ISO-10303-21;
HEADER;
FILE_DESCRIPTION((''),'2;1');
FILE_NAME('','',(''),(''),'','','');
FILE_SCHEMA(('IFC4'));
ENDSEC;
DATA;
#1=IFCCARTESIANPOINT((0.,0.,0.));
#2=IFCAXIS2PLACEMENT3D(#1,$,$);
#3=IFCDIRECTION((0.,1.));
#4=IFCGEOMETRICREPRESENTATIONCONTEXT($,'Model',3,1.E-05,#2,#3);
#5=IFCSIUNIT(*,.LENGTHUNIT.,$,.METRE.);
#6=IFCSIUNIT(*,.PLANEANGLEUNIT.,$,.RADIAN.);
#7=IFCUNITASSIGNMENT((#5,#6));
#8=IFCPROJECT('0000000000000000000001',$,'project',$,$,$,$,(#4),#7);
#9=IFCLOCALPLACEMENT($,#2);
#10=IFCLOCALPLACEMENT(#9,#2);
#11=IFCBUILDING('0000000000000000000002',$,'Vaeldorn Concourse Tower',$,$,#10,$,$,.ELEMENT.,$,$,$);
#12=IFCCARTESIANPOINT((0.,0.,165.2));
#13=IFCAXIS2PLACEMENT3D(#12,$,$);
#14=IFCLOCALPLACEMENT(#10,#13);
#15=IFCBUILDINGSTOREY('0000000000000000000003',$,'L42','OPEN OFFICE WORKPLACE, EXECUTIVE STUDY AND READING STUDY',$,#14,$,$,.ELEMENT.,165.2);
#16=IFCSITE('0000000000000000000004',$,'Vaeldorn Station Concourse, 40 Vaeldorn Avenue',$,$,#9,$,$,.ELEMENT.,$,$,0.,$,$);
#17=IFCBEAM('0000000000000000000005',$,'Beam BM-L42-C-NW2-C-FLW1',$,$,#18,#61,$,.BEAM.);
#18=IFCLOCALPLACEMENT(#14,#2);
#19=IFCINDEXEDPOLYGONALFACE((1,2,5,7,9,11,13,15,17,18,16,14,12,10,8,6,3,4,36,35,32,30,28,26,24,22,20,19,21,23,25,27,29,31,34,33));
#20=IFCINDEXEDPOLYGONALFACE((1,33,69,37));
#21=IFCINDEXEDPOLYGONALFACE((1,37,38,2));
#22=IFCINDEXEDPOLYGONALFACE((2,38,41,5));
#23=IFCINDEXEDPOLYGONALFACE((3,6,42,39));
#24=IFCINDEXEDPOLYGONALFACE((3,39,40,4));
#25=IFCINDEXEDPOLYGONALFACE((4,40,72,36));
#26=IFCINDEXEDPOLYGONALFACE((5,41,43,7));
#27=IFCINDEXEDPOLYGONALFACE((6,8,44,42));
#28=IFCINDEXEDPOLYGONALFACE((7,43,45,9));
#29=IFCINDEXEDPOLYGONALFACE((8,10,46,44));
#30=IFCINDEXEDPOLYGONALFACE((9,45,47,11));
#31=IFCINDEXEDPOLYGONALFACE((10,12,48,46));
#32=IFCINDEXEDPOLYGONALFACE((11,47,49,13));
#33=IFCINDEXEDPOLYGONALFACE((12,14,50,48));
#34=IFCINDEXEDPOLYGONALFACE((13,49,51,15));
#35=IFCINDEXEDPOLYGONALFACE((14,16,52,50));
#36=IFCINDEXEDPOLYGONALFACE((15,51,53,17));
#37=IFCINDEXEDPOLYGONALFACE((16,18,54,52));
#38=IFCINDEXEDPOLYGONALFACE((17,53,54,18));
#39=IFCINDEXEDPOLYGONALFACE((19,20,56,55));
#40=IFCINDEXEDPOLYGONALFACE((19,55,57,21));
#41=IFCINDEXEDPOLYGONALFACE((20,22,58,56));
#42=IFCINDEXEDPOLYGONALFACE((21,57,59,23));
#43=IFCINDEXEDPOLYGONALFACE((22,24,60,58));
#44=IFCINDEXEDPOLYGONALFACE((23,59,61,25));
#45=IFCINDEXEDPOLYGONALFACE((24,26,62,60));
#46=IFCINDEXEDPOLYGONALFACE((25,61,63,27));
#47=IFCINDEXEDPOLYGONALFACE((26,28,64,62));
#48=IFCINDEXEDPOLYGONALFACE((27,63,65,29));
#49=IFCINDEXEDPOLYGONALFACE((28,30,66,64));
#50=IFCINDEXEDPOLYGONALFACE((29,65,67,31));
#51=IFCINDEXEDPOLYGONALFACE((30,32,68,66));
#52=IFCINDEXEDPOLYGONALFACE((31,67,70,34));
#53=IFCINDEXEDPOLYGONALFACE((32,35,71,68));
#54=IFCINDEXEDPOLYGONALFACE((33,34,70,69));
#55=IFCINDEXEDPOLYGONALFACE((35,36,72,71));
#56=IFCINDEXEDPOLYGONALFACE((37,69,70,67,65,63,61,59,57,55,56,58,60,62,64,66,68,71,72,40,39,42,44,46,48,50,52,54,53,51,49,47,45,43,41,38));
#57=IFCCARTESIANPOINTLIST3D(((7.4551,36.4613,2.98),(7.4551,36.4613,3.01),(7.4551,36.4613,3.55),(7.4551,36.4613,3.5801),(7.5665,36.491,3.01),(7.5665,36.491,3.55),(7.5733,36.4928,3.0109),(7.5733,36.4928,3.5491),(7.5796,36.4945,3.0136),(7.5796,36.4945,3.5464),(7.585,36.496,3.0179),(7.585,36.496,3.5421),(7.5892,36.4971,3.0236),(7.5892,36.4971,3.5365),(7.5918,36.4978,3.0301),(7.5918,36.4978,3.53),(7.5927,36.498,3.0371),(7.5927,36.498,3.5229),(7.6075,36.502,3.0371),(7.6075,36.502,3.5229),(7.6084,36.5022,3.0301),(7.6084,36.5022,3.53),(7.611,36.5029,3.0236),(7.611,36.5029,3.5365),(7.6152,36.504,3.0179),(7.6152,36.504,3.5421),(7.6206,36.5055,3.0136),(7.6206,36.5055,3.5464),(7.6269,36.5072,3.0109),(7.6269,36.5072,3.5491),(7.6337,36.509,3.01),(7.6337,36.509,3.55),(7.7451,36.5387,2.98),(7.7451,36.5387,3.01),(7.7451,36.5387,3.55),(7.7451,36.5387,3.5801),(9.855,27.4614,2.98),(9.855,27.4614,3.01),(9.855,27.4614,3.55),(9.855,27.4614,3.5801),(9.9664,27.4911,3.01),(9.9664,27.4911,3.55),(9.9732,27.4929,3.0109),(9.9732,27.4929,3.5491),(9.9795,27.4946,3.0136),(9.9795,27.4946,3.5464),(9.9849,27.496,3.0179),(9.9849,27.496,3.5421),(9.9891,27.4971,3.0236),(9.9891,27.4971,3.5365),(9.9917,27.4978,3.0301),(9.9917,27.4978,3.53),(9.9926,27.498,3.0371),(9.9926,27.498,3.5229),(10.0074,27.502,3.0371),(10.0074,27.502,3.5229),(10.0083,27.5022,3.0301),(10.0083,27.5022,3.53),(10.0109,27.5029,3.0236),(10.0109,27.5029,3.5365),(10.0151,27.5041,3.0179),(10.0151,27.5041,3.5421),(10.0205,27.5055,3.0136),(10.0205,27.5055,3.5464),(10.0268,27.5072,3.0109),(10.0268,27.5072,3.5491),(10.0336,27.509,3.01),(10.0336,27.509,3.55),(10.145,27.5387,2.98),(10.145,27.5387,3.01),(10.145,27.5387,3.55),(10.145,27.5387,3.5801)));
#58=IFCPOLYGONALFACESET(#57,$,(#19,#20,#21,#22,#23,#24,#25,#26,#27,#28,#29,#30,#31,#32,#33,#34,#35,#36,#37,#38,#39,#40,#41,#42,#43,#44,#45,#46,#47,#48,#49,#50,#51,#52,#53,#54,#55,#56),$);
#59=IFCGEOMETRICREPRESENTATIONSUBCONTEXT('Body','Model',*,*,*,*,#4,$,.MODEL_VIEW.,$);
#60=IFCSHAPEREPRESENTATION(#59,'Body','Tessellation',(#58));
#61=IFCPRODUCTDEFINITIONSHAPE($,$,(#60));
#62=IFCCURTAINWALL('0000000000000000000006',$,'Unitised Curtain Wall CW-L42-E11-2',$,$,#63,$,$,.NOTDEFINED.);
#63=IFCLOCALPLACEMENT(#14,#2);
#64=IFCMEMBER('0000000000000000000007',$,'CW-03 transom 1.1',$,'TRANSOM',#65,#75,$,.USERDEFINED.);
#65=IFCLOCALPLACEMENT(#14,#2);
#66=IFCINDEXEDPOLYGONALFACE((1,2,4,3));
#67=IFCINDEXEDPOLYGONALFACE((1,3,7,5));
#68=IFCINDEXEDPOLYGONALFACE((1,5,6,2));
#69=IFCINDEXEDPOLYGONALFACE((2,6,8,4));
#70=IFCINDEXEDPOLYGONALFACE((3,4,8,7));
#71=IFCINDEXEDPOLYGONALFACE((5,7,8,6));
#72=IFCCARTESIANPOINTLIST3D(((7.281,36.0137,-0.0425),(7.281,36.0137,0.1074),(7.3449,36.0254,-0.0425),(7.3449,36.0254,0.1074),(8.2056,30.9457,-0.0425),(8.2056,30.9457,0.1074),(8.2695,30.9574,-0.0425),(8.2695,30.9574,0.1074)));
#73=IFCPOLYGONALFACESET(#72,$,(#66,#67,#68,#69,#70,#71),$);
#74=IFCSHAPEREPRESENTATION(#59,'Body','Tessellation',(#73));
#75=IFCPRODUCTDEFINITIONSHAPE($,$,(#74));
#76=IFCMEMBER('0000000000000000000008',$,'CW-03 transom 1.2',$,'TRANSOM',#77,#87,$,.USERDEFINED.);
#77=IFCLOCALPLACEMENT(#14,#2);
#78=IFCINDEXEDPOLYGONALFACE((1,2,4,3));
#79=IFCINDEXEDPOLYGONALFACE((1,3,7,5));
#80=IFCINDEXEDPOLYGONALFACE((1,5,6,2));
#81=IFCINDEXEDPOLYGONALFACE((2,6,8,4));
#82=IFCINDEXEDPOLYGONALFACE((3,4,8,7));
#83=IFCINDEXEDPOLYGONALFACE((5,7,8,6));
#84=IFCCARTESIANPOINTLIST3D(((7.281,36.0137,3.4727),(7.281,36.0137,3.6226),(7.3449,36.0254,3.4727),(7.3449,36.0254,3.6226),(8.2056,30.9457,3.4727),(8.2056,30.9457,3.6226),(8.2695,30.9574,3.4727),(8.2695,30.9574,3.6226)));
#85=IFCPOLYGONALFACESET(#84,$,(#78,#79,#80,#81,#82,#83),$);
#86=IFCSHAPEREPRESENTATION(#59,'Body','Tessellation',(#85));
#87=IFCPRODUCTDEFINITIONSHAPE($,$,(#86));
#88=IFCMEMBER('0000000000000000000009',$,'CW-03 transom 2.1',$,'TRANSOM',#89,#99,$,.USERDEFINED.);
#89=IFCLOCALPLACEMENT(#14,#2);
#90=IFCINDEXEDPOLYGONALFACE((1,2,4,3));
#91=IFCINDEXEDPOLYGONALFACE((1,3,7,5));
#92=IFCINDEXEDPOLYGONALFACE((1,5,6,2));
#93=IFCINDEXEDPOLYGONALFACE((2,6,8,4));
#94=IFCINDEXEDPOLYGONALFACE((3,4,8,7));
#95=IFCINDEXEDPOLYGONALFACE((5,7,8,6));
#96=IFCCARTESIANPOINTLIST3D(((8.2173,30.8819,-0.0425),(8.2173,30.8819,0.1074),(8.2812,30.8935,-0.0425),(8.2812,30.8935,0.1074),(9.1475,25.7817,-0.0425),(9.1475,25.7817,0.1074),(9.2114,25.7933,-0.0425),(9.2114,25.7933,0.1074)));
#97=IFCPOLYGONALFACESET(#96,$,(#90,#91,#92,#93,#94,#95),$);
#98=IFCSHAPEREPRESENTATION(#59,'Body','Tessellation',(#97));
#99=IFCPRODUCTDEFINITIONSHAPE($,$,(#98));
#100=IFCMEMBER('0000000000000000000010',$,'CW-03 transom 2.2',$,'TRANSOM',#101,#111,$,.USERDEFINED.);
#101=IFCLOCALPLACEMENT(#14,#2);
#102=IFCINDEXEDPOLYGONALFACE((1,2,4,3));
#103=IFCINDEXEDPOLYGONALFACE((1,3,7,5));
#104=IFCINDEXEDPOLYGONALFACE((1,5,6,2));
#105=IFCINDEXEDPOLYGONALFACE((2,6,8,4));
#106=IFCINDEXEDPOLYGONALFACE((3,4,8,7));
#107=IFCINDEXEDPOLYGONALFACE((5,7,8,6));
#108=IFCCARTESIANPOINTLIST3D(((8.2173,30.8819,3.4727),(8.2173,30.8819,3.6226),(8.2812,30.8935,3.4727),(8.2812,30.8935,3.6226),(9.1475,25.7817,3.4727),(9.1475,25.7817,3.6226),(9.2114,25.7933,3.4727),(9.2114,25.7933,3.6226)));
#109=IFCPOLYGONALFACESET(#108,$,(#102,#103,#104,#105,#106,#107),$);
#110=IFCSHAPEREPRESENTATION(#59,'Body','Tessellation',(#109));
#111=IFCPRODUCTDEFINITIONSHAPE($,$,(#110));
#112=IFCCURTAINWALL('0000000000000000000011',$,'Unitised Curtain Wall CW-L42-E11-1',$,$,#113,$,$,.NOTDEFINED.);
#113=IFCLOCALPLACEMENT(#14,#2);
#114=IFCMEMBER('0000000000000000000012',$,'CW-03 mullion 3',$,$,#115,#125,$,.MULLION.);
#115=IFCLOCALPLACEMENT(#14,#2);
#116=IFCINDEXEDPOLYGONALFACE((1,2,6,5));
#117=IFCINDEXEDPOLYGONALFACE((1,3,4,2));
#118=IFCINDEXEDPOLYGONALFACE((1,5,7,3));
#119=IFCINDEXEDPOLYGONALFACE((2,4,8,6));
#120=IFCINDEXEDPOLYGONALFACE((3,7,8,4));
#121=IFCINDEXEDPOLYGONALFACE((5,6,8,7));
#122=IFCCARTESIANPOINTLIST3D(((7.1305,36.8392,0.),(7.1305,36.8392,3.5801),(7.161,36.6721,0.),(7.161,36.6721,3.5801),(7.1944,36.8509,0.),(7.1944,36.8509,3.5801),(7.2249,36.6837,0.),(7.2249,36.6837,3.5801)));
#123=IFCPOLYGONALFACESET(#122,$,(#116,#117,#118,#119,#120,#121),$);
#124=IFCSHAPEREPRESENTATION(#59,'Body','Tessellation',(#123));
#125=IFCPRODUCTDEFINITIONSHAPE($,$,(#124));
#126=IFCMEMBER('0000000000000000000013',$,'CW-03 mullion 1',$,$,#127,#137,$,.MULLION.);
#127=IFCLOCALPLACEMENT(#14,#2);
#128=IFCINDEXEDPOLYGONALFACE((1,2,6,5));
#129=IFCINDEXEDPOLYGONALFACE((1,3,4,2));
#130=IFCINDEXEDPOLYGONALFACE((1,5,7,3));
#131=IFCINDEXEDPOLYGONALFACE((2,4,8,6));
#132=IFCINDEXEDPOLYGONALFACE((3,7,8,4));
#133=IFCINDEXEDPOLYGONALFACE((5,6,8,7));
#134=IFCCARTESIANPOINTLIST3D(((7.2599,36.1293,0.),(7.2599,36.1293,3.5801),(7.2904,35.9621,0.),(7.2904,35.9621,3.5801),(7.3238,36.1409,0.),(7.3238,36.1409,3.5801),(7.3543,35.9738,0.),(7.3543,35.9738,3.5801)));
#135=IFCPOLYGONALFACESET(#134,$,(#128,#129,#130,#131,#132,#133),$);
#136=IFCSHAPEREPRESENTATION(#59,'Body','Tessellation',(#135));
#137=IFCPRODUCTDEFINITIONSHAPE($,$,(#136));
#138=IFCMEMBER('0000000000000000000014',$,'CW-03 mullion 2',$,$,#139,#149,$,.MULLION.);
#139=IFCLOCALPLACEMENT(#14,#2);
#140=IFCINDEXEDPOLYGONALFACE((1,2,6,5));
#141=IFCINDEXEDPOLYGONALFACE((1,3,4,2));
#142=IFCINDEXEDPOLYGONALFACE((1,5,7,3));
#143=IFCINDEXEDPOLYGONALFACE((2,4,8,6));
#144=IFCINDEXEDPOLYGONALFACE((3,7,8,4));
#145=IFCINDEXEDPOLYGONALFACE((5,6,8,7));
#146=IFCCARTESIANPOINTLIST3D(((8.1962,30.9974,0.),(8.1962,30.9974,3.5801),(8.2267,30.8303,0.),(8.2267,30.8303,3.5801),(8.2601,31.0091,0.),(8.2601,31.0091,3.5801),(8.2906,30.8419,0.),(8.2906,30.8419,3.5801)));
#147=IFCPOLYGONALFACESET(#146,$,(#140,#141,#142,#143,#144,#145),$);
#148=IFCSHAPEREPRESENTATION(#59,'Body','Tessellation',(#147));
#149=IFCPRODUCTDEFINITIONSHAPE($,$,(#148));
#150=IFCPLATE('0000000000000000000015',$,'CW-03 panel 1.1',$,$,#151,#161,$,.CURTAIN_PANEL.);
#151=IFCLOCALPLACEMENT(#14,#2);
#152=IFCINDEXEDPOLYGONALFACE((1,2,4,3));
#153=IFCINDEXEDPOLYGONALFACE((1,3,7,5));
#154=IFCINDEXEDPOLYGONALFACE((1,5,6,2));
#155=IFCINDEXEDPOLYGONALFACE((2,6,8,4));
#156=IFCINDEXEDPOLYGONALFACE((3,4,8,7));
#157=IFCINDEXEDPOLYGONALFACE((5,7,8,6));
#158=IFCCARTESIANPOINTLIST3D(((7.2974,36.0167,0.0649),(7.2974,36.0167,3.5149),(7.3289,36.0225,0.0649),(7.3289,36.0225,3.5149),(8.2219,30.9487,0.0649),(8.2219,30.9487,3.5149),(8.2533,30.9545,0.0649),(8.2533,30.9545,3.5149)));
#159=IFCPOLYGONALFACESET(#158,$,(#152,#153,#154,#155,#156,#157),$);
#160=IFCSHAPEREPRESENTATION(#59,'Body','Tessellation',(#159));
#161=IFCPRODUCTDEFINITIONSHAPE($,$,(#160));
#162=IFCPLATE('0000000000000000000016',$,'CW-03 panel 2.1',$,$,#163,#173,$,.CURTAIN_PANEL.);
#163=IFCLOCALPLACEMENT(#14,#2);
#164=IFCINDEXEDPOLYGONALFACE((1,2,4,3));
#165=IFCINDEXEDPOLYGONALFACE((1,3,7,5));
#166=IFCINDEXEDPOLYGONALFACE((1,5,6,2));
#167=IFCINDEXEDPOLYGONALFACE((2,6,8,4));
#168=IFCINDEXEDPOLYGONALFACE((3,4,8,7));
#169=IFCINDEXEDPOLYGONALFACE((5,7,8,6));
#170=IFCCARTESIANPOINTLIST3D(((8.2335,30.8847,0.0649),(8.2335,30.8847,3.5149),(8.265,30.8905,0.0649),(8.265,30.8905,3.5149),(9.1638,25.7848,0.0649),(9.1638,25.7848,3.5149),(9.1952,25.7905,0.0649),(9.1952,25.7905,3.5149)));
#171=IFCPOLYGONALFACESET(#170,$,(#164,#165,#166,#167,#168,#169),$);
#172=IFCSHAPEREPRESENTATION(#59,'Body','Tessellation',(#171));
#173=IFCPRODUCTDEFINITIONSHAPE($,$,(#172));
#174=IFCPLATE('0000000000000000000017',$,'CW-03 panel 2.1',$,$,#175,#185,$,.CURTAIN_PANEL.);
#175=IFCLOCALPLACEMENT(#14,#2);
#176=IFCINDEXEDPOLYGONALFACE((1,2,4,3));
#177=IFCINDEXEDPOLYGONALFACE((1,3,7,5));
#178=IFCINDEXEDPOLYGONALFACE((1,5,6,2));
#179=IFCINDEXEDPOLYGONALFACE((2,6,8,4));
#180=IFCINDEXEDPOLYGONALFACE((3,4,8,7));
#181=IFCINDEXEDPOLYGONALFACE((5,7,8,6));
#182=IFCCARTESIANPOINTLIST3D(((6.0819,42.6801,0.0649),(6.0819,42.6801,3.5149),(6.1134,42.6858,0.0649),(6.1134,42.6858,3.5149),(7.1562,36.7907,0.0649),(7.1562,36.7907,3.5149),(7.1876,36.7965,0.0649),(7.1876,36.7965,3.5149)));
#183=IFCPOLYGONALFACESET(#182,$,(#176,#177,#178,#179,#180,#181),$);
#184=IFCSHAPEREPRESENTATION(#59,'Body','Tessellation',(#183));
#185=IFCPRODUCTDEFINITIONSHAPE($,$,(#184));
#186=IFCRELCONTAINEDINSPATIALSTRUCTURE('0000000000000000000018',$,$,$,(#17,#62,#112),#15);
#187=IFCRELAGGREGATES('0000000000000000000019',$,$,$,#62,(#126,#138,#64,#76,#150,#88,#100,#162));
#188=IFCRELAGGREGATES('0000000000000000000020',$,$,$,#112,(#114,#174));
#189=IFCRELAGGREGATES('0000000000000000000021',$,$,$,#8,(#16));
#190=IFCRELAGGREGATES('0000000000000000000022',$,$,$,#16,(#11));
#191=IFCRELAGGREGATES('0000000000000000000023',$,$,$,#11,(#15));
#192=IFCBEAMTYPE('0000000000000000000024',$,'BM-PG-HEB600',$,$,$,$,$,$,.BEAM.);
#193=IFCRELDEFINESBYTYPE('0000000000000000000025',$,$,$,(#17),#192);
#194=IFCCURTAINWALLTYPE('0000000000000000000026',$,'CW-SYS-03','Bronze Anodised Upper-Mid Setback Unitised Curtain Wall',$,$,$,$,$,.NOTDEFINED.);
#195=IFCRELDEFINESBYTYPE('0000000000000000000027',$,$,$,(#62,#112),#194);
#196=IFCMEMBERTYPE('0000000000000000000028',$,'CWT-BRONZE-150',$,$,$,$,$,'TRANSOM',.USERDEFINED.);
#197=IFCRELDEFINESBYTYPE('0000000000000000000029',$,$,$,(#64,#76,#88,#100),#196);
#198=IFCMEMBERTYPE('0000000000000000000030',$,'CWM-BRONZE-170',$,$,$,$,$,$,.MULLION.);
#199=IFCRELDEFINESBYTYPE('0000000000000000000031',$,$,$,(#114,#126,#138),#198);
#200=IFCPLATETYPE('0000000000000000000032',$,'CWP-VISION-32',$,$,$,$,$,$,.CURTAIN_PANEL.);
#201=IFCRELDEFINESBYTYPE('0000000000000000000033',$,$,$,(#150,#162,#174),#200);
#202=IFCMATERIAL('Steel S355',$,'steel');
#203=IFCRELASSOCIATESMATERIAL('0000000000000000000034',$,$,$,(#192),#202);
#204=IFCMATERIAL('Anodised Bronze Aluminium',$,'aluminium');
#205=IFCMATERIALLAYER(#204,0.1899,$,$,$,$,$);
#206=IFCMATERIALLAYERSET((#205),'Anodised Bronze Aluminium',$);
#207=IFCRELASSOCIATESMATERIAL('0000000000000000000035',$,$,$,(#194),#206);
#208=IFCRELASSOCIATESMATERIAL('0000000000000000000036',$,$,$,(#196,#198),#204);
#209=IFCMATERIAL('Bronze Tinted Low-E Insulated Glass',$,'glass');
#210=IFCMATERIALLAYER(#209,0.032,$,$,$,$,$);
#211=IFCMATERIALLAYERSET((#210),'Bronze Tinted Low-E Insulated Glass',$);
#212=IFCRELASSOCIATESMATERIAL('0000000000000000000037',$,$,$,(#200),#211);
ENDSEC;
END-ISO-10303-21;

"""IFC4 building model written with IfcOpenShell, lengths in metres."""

from ifc_helpers import new_model, si_unit, direction, frame, origin, origin_2d, place, context, subcontext, project, spatial, rectangle, i_section, extrude, source, transform, mapped, material, layer, layer_set, material_profile, profile_set, type_object, element, aggregate, save


model = new_model("IFC4")

# Units and contexts
model_context = context("Model", 3, precision=1e-05, world=origin(), true_north=direction((0.0, 1.0)))
body_context = subcontext(model_context, "Body", "Model", "MODEL_VIEW")
ifc_project = project(units=[si_unit("LENGTHUNIT", "METRE"), si_unit("PLANEANGLEUNIT", "RADIAN")], contexts=[model_context])

# Site, building, storey
site_placement = place(None, origin())
site = spatial("IfcSite", under=ifc_project, at=site_placement, Name="Vaeldorn Station Concourse, 40 Vaeldorn Avenue", CompositionType="ELEMENT", RefElevation=0.0)
building_placement = place(site_placement, origin())
building = spatial("IfcBuilding", under=site, at=building_placement, Name="Vaeldorn Concourse Tower", CompositionType="ELEMENT")
storey_placement = place(building_placement, frame((0.0, 0.0, 165.2)))
storey = spatial("IfcBuildingStorey", under=building, at=storey_placement, Name="L42", Description="OPEN OFFICE WORKPLACE, EXECUTIVE STUDY AND READING STUDY", CompositionType="ELEMENT", Elevation=165.2)

# Beam
ifc_material_1 = material(Name="Steel S355", Category="steel")
ifc_material_profile_1 = material_profile(ifc_material_1, i_section(OverallWidth=0.3, OverallDepth=0.6001, WebThickness=0.0154, FlangeThickness=0.03, FilletRadius=0.0271, at=origin_2d()), Name="HEB 600")
ifc_profile_set_1 = profile_set([ifc_material_profile_1], Name="Steel S355")
beam_type_1 = type_object("IfcBeamType", Name="BM-PG-HEB600", PredefinedType="BEAM", material=ifc_profile_set_1)
shared_shape_1 = source(origin(), body_context, "Body", "SweptSolid", [
    extrude(i_section(OverallWidth=0.3, OverallDepth=0.6001, WebThickness=0.0154, FlangeThickness=0.03, FilletRadius=0.0271, at=origin_2d()), origin(), (0.0, 0.0, 1.0), 9.3145),
])
beam_1_placement = place(storey_placement, frame((7.6001, 36.5, 3.28), z_axis=(0.257653, -0.966238, 0.0), x_axis=(0.966238, 0.257653, 0.0)))
element("IfcBeam", 1, at=beam_1_placement, inside=storey, type_object=beam_type_1, Name="Beam BM-L42-C-NW2-C-FLW1", PredefinedType="BEAM", context=body_context, shape_type="MappedRepresentation", body=[
    mapped(shared_shape_1, transform((0.0, 0.0, 0.0), scale=1.0)),
])

# Curtain wall, members
ifc_material_2 = material(Name="Anodised Bronze Aluminium", Category="aluminium")
ifc_layer_1 = layer(ifc_material_2, 0.1899)
ifc_layer_set_1 = layer_set([ifc_layer_1], Name="Anodised Bronze Aluminium")
curtain_wall_type = type_object("IfcCurtainWallType", Name="CW-SYS-03", Description="Bronze Anodised Upper-Mid Setback Unitised Curtain Wall", PredefinedType="NOTDEFINED", material=ifc_layer_set_1)
curtain_wall_1_placement = place(storey_placement, origin())
curtain_wall_1 = element("IfcCurtainWall", 2, at=curtain_wall_1_placement, inside=storey, type_object=curtain_wall_type, Name="Unitised Curtain Wall CW-L42-E11-2", PredefinedType="NOTDEFINED")
ifc_material_profile_2 = material_profile(ifc_material_2, rectangle(XDim=0.0649, YDim=0.1499, at=origin_2d()), Name="CWT 65x150")
ifc_profile_set_2 = profile_set([ifc_material_profile_2], Name="Anodised Bronze Aluminium")
member_type_1 = type_object("IfcMemberType", Name="CWT-BRONZE-150", ElementType="TRANSOM", PredefinedType="USERDEFINED", material=ifc_profile_set_2)
shared_shape_2 = source(origin(), body_context, "Body", "SweptSolid", [
    extrude(rectangle(XDim=0.0649, YDim=0.1499, at=origin_2d()), origin(), (0.0, 0.0, 1.0), 5.1516),
])
member_1_placement = place(storey_placement, frame((7.313, 36.0195, 0.0325), z_axis=(0.179473, -0.983763, 0.0), x_axis=(0.983763, 0.179473, 0.0)))
member_1 = element("IfcMember", 3, at=member_1_placement, type_object=member_type_1, Name="CW-03 transom 1.1", ObjectType="TRANSOM", PredefinedType="USERDEFINED", context=body_context, shape_type="MappedRepresentation", body=[
    mapped(shared_shape_2, transform((0.0, 0.0, 0.0), scale=1.0)),
])
member_2_placement = place(storey_placement, frame((7.313, 36.0195, 3.5476), z_axis=(0.179473, -0.983763, 0.0), x_axis=(0.983763, 0.179473, 0.0)))
member_2 = element("IfcMember", 4, at=member_2_placement, type_object=member_type_1, Name="CW-03 transom 1.2", ObjectType="TRANSOM", PredefinedType="USERDEFINED", context=body_context, shape_type="MappedRepresentation", body=[
    mapped(shared_shape_2, transform((0.0, 0.0, 0.0), scale=1.0)),
])
shared_shape_3 = source(origin(), body_context, "Body", "SweptSolid", [
    extrude(rectangle(XDim=0.0649, YDim=0.1499, at=origin_2d()), origin(), (0.0, 0.0, 1.0), 5.1843),
])
member_3_placement = place(storey_placement, frame((8.2493, 30.8877, 0.0325), z_axis=(0.179424, -0.983772, 0.0), x_axis=(0.983772, 0.179424, 0.0)))
member_3 = element("IfcMember", 5, at=member_3_placement, type_object=member_type_1, Name="CW-03 transom 2.1", ObjectType="TRANSOM", PredefinedType="USERDEFINED", context=body_context, shape_type="MappedRepresentation", body=[
    mapped(shared_shape_3, transform((0.0, 0.0, 0.0), scale=1.0)),
])
member_4_placement = place(storey_placement, frame((8.2493, 30.8877, 3.5476), z_axis=(0.179424, -0.983772, 0.0), x_axis=(0.983772, 0.179424, 0.0)))
member_4 = element("IfcMember", 6, at=member_4_placement, type_object=member_type_1, Name="CW-03 transom 2.2", ObjectType="TRANSOM", PredefinedType="USERDEFINED", context=body_context, shape_type="MappedRepresentation", body=[
    mapped(shared_shape_3, transform((0.0, 0.0, 0.0), scale=1.0)),
])

# Curtain wall, member
curtain_wall_2_placement = place(storey_placement, origin())
curtain_wall_2 = element("IfcCurtainWall", 7, at=curtain_wall_2_placement, inside=storey, type_object=curtain_wall_type, Name="Unitised Curtain Wall CW-L42-E11-1", PredefinedType="NOTDEFINED")
ifc_material_profile_3 = material_profile(ifc_material_2, rectangle(XDim=0.0649, YDim=0.1699, at=origin_2d()), Name="CWM 65x170")
ifc_profile_set_3 = profile_set([ifc_material_profile_3], Name="Anodised Bronze Aluminium")
member_type_2 = type_object("IfcMemberType", Name="CWM-BRONZE-170", PredefinedType="MULLION", material=ifc_profile_set_3)
shared_shape_4 = source(origin(), body_context, "Body", "SweptSolid", [
    extrude(rectangle(XDim=0.0649, YDim=0.1699, at=origin_2d()), origin(), (0.0, 0.0, 1.0), 3.5801),
])
member_5_placement = place(storey_placement, frame((7.1777, 36.7615, 0.0), z_axis=(0.0, 0.0, 1.0), x_axis=(0.983768, 0.179447, 0.0)))
member_5 = element("IfcMember", 8, at=member_5_placement, type_object=member_type_2, Name="CW-03 mullion 3", PredefinedType="MULLION", context=body_context, shape_type="MappedRepresentation", body=[
    mapped(shared_shape_4, transform((0.0, 0.0, 0.0), scale=1.0)),
])

# Members
member_6_placement = place(storey_placement, frame((7.3071, 36.0515, 0.0), z_axis=(0.0, 0.0, 1.0), x_axis=(0.983768, 0.179446, 0.0)))
member_6 = element("IfcMember", 9, at=member_6_placement, type_object=member_type_2, Name="CW-03 mullion 1", PredefinedType="MULLION", context=body_context, shape_type="MappedRepresentation", body=[
    mapped(shared_shape_4, transform((0.0, 0.0, 0.0), scale=1.0)),
])
member_7_placement = place(storey_placement, frame((8.2434, 30.9197, 0.0), z_axis=(0.0, 0.0, 1.0), x_axis=(0.983768, 0.179446, 0.0)))
member_7 = element("IfcMember", 10, at=member_7_placement, type_object=member_type_2, Name="CW-03 mullion 2", PredefinedType="MULLION", context=body_context, shape_type="MappedRepresentation", body=[
    mapped(shared_shape_4, transform((0.0, 0.0, 0.0), scale=1.0)),
])

# Plates
ifc_material_3 = material(Name="Bronze Tinted Low-E Insulated Glass", Category="glass")
ifc_layer_2 = layer(ifc_material_3, 0.032)
ifc_layer_set_2 = layer_set([ifc_layer_2], Name="Bronze Tinted Low-E Insulated Glass")
plate_type = type_object("IfcPlateType", Name="CWP-VISION-32", PredefinedType="CURTAIN_PANEL", material=ifc_layer_set_2)
shared_shape_5 = source(origin(), body_context, "Body", "SweptSolid", [
    extrude(rectangle(XDim=5.1516, YDim=0.032, at=origin_2d()), origin(), (0.0, 0.0, 1.0), 3.45),
])
plate_1_placement = place(storey_placement, frame((7.7754, 33.4856, 0.0649), z_axis=(0.0, 0.0, 1.0), x_axis=(0.179446, -0.983768, 0.0)))
plate_1 = element("IfcPlate", 11, at=plate_1_placement, type_object=plate_type, Name="CW-03 panel 1.1", PredefinedType="CURTAIN_PANEL", context=body_context, shape_type="MappedRepresentation", body=[
    mapped(shared_shape_5, transform((0.0, 0.0, 0.0), scale=1.0)),
])
shared_shape_6 = source(origin(), body_context, "Body", "SweptSolid", [
    extrude(rectangle(XDim=5.1841, YDim=0.032, at=origin_2d()), origin(), (0.0, 0.0, 1.0), 3.45),
])
plate_2_placement = place(storey_placement, frame((8.7144, 28.3376, 0.0649), z_axis=(0.0, 0.0, 1.0), x_axis=(0.179446, -0.983768, 0.0)))
plate_2 = element("IfcPlate", 12, at=plate_2_placement, type_object=plate_type, Name="CW-03 panel 2.1", PredefinedType="CURTAIN_PANEL", context=body_context, shape_type="MappedRepresentation", body=[
    mapped(shared_shape_6, transform((0.0, 0.0, 0.0), scale=1.0)),
])
aggregate(curtain_wall_1, [member_6, member_7, member_1, member_2, plate_1, member_3, member_4, plate_2])
shared_shape_7 = source(origin(), body_context, "Body", "SweptSolid", [
    extrude(rectangle(XDim=5.9866, YDim=0.032, at=origin_2d()), origin(), (0.0, 0.0, 1.0), 3.45),
])
plate_3_placement = place(storey_placement, frame((6.6348, 39.7383, 0.0649), z_axis=(0.0, 0.0, 1.0), x_axis=(0.179447, -0.983768, 0.0)))
plate_3 = element("IfcPlate", 13, at=plate_3_placement, type_object=plate_type, Name="CW-03 panel 2.1", PredefinedType="CURTAIN_PANEL", context=body_context, shape_type="MappedRepresentation", body=[
    mapped(shared_shape_7, transform((0.0, 0.0, 0.0), scale=1.0)),
])
aggregate(curtain_wall_2, [member_5, plate_3])

save(model, "model.ifc")
